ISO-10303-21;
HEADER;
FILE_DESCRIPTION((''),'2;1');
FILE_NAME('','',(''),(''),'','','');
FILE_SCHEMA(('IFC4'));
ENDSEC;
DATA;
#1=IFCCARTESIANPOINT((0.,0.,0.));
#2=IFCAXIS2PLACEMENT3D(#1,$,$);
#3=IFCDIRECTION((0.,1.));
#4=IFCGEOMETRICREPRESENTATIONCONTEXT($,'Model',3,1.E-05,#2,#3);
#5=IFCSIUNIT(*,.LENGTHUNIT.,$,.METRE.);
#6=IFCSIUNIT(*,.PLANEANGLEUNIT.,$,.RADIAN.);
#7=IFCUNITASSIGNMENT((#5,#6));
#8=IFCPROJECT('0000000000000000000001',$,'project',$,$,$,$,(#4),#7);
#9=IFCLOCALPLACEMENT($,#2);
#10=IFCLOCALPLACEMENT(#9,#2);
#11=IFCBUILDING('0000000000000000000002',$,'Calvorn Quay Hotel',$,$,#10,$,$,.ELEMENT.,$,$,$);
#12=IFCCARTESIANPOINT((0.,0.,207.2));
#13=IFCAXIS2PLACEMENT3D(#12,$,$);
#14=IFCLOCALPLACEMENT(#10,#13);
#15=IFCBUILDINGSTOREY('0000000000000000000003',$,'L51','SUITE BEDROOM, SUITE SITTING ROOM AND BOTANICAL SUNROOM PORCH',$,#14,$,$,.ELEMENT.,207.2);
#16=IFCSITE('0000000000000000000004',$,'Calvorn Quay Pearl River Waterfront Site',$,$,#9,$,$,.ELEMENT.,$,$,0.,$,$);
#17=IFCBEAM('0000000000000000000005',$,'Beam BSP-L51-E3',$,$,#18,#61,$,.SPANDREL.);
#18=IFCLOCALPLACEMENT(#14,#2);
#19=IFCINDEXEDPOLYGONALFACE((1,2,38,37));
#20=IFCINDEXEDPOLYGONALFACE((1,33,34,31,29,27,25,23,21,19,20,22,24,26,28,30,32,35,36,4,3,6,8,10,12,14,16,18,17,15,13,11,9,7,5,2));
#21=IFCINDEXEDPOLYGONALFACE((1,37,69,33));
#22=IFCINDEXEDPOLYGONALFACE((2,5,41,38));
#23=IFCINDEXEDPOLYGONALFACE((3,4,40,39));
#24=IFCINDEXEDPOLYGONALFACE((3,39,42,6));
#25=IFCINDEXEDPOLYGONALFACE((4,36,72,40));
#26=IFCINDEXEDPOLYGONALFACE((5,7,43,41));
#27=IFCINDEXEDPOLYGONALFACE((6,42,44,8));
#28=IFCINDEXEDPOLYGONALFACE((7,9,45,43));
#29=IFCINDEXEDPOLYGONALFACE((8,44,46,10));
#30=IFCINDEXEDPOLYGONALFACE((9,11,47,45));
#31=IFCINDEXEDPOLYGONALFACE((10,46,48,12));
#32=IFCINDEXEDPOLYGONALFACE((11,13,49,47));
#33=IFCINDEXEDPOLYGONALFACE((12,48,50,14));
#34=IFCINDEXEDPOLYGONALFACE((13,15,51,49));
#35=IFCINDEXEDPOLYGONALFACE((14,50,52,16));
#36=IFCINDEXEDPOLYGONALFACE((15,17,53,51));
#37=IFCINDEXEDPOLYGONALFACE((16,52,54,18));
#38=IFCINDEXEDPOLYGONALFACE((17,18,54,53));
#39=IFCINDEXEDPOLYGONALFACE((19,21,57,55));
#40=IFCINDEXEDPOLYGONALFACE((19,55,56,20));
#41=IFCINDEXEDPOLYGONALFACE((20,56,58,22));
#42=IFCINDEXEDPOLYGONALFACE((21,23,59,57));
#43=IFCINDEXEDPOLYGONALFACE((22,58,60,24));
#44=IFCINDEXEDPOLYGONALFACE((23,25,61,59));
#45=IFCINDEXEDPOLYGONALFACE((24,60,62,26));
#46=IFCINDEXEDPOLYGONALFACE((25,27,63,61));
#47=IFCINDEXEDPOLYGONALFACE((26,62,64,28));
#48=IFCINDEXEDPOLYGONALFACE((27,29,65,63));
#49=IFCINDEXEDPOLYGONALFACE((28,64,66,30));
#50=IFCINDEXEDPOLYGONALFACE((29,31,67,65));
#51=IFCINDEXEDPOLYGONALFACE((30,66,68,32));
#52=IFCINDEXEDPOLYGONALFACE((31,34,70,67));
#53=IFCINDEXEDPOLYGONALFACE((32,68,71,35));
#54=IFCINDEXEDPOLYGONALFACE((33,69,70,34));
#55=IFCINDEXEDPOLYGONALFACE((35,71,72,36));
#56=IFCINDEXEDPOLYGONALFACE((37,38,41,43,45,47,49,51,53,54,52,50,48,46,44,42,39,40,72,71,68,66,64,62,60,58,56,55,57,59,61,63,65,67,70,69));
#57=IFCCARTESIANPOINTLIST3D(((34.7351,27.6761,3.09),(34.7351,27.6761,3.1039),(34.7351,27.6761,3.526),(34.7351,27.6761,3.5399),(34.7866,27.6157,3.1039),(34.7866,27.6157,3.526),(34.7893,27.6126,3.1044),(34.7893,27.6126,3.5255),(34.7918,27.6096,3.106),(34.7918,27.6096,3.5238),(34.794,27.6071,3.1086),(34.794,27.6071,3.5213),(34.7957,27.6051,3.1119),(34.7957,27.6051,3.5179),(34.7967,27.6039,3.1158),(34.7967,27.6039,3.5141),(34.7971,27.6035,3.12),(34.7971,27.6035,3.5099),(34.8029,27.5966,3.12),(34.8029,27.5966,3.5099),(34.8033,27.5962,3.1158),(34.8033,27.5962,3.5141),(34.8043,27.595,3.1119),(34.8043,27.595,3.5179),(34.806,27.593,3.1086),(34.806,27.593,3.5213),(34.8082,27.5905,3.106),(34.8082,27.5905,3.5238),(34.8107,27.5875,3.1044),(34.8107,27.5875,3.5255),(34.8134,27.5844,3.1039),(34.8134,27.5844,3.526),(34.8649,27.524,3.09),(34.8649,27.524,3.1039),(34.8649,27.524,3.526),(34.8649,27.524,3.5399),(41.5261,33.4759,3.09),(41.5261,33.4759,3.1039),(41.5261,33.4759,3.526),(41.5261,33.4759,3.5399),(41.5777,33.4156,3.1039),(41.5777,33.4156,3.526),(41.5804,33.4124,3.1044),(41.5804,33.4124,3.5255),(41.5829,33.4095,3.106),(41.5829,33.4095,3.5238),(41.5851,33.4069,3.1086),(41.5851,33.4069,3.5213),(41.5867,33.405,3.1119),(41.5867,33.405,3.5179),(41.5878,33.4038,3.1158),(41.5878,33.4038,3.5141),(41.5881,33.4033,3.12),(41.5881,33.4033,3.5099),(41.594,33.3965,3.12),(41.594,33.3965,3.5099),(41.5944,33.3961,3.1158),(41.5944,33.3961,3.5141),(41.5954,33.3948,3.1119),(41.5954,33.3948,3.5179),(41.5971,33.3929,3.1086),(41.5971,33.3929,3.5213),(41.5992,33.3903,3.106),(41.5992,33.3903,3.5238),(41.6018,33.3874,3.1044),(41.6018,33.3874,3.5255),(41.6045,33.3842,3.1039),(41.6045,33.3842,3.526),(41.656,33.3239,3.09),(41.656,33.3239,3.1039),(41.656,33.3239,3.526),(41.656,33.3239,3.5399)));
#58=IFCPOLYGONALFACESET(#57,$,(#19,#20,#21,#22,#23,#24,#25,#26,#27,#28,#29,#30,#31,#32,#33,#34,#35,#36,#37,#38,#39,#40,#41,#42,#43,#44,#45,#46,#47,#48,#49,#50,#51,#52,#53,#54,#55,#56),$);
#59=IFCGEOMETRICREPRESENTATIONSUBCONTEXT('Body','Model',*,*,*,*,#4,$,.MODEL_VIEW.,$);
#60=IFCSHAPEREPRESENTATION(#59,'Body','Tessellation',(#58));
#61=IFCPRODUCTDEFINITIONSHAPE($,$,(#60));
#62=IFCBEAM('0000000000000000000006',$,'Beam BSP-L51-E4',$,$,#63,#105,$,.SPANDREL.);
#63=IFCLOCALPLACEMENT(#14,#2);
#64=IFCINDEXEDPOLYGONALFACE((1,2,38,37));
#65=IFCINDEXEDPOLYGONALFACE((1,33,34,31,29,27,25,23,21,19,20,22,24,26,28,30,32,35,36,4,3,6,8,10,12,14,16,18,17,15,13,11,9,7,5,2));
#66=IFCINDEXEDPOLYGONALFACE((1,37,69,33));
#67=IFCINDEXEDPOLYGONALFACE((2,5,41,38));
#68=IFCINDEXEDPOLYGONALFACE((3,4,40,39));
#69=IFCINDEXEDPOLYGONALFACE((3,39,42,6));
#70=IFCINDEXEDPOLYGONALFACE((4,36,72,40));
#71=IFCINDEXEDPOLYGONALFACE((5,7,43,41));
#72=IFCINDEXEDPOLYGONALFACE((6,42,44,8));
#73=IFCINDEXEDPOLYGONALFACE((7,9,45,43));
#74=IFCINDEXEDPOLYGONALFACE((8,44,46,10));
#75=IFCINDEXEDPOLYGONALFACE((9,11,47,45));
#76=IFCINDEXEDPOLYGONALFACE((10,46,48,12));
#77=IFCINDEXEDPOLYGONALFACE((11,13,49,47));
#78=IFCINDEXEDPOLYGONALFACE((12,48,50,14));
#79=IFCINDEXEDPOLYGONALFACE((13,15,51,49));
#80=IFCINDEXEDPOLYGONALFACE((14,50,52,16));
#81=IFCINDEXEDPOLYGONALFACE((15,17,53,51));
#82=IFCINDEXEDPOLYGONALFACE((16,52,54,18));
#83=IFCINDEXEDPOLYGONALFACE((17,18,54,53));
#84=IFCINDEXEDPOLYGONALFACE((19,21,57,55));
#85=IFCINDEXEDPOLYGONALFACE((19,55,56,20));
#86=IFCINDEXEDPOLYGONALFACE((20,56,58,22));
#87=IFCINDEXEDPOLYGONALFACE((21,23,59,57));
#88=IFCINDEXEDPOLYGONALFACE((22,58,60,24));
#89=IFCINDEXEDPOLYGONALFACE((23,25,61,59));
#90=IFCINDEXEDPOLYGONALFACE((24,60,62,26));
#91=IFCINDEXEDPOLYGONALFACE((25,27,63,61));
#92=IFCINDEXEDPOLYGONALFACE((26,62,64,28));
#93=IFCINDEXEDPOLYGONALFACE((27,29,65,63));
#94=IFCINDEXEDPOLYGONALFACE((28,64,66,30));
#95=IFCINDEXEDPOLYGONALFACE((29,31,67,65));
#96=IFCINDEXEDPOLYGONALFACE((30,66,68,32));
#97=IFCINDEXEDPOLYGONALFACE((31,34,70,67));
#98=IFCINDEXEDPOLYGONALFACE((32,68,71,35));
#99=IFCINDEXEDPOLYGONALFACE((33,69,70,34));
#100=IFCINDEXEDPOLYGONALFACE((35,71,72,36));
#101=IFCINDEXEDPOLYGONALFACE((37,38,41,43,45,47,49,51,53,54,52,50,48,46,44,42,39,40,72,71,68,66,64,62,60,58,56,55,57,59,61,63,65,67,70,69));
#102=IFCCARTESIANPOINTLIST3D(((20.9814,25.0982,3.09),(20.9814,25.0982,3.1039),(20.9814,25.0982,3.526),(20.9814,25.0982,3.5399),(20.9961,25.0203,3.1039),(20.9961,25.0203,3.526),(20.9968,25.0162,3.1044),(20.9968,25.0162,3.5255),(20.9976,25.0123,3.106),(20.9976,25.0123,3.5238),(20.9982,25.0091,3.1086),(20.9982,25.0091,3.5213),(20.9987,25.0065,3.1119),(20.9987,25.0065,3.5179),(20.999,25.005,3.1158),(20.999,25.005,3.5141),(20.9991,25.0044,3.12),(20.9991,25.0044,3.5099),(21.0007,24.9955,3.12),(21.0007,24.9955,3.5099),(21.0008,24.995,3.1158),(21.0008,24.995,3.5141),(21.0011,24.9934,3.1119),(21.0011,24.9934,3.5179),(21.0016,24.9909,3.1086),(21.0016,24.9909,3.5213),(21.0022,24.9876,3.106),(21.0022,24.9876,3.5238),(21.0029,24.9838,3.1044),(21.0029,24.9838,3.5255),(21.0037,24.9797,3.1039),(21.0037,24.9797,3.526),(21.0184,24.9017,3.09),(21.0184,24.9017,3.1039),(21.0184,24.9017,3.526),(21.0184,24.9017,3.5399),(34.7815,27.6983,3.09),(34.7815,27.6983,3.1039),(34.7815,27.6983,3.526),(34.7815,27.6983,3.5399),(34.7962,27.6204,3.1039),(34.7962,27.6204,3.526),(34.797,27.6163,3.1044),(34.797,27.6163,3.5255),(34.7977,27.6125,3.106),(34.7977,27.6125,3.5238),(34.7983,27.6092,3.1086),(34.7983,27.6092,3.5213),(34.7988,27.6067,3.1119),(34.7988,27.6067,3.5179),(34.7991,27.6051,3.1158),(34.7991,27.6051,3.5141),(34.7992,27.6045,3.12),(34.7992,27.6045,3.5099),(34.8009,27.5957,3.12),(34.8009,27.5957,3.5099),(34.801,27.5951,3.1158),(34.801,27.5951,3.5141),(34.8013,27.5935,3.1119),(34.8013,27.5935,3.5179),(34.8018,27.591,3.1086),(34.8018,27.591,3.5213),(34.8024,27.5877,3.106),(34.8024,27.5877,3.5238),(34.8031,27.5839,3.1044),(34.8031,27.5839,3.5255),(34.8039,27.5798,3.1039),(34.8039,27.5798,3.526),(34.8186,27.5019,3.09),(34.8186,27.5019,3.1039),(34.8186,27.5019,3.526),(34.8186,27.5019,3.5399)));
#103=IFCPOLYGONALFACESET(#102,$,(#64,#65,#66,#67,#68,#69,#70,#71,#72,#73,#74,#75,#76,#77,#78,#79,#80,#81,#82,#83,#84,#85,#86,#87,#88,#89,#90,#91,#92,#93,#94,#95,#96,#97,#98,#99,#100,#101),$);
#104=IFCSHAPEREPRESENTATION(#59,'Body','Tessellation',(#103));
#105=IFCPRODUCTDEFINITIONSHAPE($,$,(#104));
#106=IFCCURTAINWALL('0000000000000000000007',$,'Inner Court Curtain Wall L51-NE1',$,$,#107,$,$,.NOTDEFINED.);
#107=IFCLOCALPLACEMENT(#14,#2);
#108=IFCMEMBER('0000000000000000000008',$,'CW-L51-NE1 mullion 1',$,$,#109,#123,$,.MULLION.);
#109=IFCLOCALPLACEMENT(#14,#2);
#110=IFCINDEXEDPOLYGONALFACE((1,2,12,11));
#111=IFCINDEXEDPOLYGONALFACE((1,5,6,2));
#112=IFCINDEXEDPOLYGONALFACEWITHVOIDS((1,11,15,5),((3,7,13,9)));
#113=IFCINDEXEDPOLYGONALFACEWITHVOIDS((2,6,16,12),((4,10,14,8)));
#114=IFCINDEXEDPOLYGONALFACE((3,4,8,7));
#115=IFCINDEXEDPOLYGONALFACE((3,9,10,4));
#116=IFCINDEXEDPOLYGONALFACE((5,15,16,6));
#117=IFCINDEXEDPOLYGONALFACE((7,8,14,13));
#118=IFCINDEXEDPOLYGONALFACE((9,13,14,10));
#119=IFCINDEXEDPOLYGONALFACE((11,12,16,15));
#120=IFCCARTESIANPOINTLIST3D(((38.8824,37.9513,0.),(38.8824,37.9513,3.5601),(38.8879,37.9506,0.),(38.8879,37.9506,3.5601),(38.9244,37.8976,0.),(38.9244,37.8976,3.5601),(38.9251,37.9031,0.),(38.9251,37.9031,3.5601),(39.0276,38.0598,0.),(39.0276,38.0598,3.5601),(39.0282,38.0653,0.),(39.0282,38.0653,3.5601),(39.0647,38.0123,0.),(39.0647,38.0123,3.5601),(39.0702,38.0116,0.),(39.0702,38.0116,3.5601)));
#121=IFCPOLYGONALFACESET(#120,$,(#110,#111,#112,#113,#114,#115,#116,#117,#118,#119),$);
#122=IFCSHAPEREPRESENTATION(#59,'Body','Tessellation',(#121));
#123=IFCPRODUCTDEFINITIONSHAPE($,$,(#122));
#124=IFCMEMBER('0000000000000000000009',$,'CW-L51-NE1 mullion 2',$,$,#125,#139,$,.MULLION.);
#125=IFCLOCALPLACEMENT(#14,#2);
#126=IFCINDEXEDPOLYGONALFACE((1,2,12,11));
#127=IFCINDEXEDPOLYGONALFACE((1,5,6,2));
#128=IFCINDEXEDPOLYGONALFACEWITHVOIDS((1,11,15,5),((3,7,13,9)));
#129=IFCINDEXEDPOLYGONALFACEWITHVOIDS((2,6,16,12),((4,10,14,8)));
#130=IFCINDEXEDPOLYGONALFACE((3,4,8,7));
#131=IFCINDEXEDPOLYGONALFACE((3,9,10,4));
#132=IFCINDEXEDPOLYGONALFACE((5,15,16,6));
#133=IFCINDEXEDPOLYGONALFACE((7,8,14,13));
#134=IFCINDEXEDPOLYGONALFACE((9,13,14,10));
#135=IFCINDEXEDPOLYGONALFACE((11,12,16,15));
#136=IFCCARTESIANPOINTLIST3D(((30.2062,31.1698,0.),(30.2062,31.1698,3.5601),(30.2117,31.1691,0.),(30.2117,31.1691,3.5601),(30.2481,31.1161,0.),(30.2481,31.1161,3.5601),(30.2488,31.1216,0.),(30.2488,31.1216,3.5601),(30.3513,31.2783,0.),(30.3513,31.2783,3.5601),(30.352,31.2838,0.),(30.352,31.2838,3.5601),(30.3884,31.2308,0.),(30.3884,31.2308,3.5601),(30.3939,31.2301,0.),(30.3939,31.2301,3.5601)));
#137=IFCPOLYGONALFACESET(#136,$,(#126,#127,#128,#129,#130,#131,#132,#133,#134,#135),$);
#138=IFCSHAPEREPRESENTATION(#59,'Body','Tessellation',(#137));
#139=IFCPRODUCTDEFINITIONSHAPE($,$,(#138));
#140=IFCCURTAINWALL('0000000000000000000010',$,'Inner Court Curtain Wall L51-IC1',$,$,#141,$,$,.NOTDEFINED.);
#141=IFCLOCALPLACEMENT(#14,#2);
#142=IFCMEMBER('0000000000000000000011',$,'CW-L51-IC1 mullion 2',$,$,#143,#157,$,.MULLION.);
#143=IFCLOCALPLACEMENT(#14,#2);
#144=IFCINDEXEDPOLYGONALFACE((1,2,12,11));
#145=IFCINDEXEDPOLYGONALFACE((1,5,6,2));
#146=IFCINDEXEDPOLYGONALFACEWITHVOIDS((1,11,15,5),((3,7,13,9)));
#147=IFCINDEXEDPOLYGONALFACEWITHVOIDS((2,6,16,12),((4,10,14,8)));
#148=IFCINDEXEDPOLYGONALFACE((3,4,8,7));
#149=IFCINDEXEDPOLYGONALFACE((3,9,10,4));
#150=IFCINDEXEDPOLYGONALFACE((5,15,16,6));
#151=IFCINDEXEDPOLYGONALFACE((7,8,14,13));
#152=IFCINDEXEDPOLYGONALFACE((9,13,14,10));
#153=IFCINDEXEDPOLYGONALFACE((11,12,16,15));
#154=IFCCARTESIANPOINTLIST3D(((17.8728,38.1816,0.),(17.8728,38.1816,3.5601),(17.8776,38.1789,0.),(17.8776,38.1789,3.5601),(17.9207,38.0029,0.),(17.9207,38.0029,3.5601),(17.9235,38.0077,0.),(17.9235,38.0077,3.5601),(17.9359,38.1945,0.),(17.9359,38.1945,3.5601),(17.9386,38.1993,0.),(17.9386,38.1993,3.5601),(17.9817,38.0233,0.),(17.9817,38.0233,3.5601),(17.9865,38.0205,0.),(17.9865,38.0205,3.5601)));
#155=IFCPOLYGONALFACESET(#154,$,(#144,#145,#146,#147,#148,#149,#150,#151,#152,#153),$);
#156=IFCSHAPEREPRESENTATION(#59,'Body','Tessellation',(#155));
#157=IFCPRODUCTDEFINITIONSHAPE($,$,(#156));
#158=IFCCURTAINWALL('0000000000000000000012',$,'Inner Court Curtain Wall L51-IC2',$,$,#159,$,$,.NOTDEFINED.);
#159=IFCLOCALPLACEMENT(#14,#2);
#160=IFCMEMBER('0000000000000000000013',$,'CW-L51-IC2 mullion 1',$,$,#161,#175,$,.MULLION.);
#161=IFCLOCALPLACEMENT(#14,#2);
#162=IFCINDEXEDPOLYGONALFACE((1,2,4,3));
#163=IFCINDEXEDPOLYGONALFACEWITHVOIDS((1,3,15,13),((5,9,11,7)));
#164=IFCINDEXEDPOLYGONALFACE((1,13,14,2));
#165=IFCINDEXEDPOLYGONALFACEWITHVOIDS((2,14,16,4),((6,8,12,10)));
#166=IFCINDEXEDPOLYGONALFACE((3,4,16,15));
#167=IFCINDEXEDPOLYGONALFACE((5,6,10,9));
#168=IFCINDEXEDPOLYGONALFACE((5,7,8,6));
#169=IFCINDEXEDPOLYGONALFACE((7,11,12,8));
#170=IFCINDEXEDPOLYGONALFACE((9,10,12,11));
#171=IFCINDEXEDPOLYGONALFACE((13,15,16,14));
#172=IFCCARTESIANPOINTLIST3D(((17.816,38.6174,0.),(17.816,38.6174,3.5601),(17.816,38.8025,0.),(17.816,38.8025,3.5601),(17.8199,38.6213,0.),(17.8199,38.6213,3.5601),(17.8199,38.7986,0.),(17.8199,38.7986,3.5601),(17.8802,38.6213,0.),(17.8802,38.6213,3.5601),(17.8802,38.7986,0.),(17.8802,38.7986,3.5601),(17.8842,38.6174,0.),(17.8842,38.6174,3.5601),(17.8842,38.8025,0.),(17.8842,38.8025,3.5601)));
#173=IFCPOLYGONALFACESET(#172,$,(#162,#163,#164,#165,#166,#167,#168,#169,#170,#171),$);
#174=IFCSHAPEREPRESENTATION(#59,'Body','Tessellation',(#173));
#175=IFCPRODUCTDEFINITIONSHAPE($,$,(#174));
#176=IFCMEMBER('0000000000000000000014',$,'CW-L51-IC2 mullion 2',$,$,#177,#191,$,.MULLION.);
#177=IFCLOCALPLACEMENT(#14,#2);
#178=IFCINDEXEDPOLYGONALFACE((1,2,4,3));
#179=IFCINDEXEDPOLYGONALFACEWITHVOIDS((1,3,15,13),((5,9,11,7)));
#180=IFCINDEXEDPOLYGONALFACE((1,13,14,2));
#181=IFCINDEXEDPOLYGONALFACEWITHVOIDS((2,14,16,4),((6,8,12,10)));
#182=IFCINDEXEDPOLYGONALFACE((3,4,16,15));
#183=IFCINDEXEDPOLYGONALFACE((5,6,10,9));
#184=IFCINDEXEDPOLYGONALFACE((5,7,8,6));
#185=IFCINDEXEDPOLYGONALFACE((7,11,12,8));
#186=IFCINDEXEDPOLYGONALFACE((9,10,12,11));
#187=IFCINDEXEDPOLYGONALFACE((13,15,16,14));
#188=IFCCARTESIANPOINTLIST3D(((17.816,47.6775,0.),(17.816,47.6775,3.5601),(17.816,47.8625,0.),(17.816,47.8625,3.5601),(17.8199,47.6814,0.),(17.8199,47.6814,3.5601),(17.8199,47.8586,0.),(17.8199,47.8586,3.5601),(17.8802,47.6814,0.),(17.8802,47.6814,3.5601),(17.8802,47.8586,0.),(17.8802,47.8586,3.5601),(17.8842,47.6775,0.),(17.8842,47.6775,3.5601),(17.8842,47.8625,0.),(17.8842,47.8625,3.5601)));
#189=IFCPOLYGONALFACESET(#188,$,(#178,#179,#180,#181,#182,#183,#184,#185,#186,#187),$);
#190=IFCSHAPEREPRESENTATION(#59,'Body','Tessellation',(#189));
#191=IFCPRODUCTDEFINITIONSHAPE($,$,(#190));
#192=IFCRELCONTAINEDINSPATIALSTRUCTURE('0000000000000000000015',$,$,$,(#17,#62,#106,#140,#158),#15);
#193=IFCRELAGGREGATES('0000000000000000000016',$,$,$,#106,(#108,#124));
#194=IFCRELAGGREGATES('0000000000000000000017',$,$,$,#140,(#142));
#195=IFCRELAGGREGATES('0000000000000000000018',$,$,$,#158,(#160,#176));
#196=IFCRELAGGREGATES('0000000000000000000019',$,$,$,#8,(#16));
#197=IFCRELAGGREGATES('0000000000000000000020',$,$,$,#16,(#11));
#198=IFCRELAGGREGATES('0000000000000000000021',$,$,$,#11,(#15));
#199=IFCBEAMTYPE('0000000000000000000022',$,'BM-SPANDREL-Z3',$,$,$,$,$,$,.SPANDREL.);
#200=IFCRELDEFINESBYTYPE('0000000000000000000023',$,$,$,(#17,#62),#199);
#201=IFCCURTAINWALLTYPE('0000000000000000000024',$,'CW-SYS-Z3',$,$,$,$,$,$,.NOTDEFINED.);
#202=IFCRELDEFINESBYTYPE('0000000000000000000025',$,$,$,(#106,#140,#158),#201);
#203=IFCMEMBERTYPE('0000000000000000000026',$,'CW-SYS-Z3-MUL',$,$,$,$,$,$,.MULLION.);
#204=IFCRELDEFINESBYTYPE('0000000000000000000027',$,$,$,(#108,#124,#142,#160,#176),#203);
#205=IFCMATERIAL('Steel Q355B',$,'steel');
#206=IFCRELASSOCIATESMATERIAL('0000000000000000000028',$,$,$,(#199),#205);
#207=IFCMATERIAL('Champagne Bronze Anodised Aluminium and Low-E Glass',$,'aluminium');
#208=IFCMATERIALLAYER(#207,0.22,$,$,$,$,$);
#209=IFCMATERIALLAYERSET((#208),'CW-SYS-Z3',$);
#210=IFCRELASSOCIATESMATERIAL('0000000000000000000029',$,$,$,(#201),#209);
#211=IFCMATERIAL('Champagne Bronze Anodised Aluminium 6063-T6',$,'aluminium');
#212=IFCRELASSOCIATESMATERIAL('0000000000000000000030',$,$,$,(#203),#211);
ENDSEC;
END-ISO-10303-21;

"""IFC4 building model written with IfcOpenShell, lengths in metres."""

from ifc_helpers import new_model, si_unit, direction, frame, origin, origin_2d, place, context, subcontext, project, spatial, hollow_rectangle, i_section, extrude, material, layer, layer_set, material_profile, profile_set, type_object, element, aggregate, save


model = new_model("IFC4")

# Units and contexts
model_context = context("Model", 3, precision=1e-05, world=origin(), true_north=direction((0.0, 1.0)))
body_context = subcontext(model_context, "Body", "Model", "MODEL_VIEW")
ifc_project = project(units=[si_unit("LENGTHUNIT", "METRE"), si_unit("PLANEANGLEUNIT", "RADIAN")], contexts=[model_context])

# Site, building, storey
site_placement = place(None, origin())
site = spatial("IfcSite", under=ifc_project, at=site_placement, Name="Calvorn Quay Pearl River Waterfront Site", CompositionType="ELEMENT", RefElevation=0.0)
building_placement = place(site_placement, origin())
building = spatial("IfcBuilding", under=site, at=building_placement, Name="Calvorn Quay Hotel", CompositionType="ELEMENT")
storey_placement = place(building_placement, frame((0.0, 0.0, 207.2)))
storey = spatial("IfcBuildingStorey", under=building, at=storey_placement, Name="L51", Description="SUITE BEDROOM, SUITE SITTING ROOM AND BOTANICAL SUNROOM PORCH", CompositionType="ELEMENT", Elevation=207.2)

# Beams
ifc_material_1 = material(Name="Steel Q355B", Category="steel")
ifc_material_profile_1 = material_profile(ifc_material_1, i_section(OverallWidth=0.2, OverallDepth=0.45, WebThickness=0.009, FlangeThickness=0.0139, FilletRadius=0.0161, at=origin_2d()), Name="HN450x200x9x14")
ifc_profile_set_1 = profile_set([ifc_material_profile_1], Name="Steel Q355B")
beam_type_1 = type_object("IfcBeamType", Name="BM-SPANDREL-Z3", PredefinedType="SPANDREL", material=ifc_profile_set_1)
beam_1_placement = place(storey_placement, frame((41.5911, 33.3999, 3.3149), z_axis=(-0.760421, -0.649431, 0.0), x_axis=(0.649431, -0.760421, 0.0)))
element("IfcBeam", 1, at=beam_1_placement, inside=storey, type_object=beam_type_1, Name="Beam BSP-L51-E3", PredefinedType="SPANDREL", context=body_context, shape_type="SweptSolid", body=[
    extrude(i_section(OverallWidth=0.2, OverallDepth=0.45, WebThickness=0.009, FlangeThickness=0.0139, FilletRadius=0.0161, at=origin_2d()), origin(), (0.0, 0.0, 1.0), 8.9307),
])
beam_2_placement = place(storey_placement, frame((34.8, 27.6001, 3.3149), z_axis=(-0.982709, -0.185154, 0.0), x_axis=(0.185154, -0.982709, 0.0)))
element("IfcBeam", 2, at=beam_2_placement, inside=storey, type_object=beam_type_1, Name="Beam BSP-L51-E4", PredefinedType="SPANDREL", context=body_context, shape_type="SweptSolid", body=[
    extrude(i_section(OverallWidth=0.2, OverallDepth=0.45, WebThickness=0.009, FlangeThickness=0.0139, FilletRadius=0.0161, at=origin_2d()), origin(), (0.0, 0.0, 1.0), 14.043),
])

# Curtain wall, members
ifc_material_2 = material(Name="Champagne Bronze Anodised Aluminium and Low-E Glass", Category="aluminium")
ifc_layer_1 = layer(ifc_material_2, 0.22)
ifc_layer_set_1 = layer_set([ifc_layer_1], Name="CW-SYS-Z3")
curtain_wall_type = type_object("IfcCurtainWallType", Name="CW-SYS-Z3", PredefinedType="NOTDEFINED", material=ifc_layer_set_1)
curtain_wall_1_placement = place(storey_placement, origin())
curtain_wall_1 = element("IfcCurtainWall", 3, at=curtain_wall_1_placement, inside=storey, type_object=curtain_wall_type, Name="Inner Court Curtain Wall L51-NE1", PredefinedType="NOTDEFINED")
ifc_material_3 = material(Name="Champagne Bronze Anodised Aluminium 6063-T6", Category="aluminium")
ifc_material_profile_2 = material_profile(ifc_material_3, hollow_rectangle(XDim=0.0681, YDim=0.1851, WallThickness=0.0039, at=origin_2d()), Name="ALU-M185x68x4")
ifc_profile_set_2 = profile_set([ifc_material_profile_2], Name="Champagne Bronze Anodised Aluminium 6063-T6")
member_type_1 = type_object("IfcMemberType", Name="CW-SYS-Z3-MUL", PredefinedType="MULLION", material=ifc_profile_set_2)
member_1_placement = place(storey_placement, frame((38.9763, 37.9814, 0.0), z_axis=(0.0, 0.0, 1.0), x_axis=(0.61582, -0.787887, 0.0)))
member_1 = element("IfcMember", 4, at=member_1_placement, type_object=member_type_1, Name="CW-L51-NE1 mullion 1", PredefinedType="MULLION", context=body_context, shape_type="SweptSolid", body=[
    extrude(hollow_rectangle(XDim=0.0681, YDim=0.1851, WallThickness=0.0039, at=origin_2d()), origin(), (0.0, 0.0, 1.0), 3.5601),
])
member_2_placement = place(storey_placement, frame((30.3, 31.2, 0.0), z_axis=(0.0, 0.0, 1.0), x_axis=(0.61582, -0.787887, 0.0)))
member_2 = element("IfcMember", 5, at=member_2_placement, type_object=member_type_1, Name="CW-L51-NE1 mullion 2", PredefinedType="MULLION", context=body_context, shape_type="SweptSolid", body=[
    extrude(hollow_rectangle(XDim=0.0681, YDim=0.1851, WallThickness=0.0039, at=origin_2d()), origin(), (0.0, 0.0, 1.0), 3.5601),
])

# Curtain wall, member
curtain_wall_2_placement = place(storey_placement, origin())
curtain_wall_2 = element("IfcCurtainWall", 6, at=curtain_wall_2_placement, inside=storey, type_object=curtain_wall_type, Name="Inner Court Curtain Wall L51-IC1", PredefinedType="NOTDEFINED")
member_3_placement = place(storey_placement, frame((17.9297, 38.1011, 0.0), z_axis=(0.0, 0.0, 1.0), x_axis=(-0.965937, -0.258779, 0.0)))
member_3 = element("IfcMember", 7, at=member_3_placement, type_object=member_type_1, Name="CW-L51-IC1 mullion 2", PredefinedType="MULLION", context=body_context, shape_type="SweptSolid", body=[
    extrude(hollow_rectangle(XDim=0.0681, YDim=0.1851, WallThickness=0.0039, at=origin_2d()), origin(), (0.0, 0.0, 1.0), 3.5601),
])

# Curtain wall, members
curtain_wall_3_placement = place(storey_placement, origin())
curtain_wall_3 = element("IfcCurtainWall", 8, at=curtain_wall_3_placement, inside=storey, type_object=curtain_wall_type, Name="Inner Court Curtain Wall L51-IC2", PredefinedType="NOTDEFINED")
member_4_placement = place(storey_placement, frame((17.8501, 38.71, 0.0), z_axis=(0.0, 0.0, 1.0), x_axis=(-1.0, 0.0, 0.0)))
member_4 = element("IfcMember", 9, at=member_4_placement, type_object=member_type_1, Name="CW-L51-IC2 mullion 1", PredefinedType="MULLION", context=body_context, shape_type="SweptSolid", body=[
    extrude(hollow_rectangle(XDim=0.0681, YDim=0.1851, WallThickness=0.0039, at=origin_2d()), origin(), (0.0, 0.0, 1.0), 3.5601),
])
member_5_placement = place(storey_placement, frame((17.8501, 47.77, 0.0), z_axis=(0.0, 0.0, 1.0), x_axis=(-1.0, 0.0, 0.0)))
member_5 = element("IfcMember", 10, at=member_5_placement, type_object=member_type_1, Name="CW-L51-IC2 mullion 2", PredefinedType="MULLION", context=body_context, shape_type="SweptSolid", body=[
    extrude(hollow_rectangle(XDim=0.0681, YDim=0.1851, WallThickness=0.0039, at=origin_2d()), origin(), (0.0, 0.0, 1.0), 3.5601),
])

aggregate(curtain_wall_1, [member_1, member_2])
aggregate(curtain_wall_2, [member_3])
aggregate(curtain_wall_3, [member_4, member_5])

save(model, "model.ifc")
